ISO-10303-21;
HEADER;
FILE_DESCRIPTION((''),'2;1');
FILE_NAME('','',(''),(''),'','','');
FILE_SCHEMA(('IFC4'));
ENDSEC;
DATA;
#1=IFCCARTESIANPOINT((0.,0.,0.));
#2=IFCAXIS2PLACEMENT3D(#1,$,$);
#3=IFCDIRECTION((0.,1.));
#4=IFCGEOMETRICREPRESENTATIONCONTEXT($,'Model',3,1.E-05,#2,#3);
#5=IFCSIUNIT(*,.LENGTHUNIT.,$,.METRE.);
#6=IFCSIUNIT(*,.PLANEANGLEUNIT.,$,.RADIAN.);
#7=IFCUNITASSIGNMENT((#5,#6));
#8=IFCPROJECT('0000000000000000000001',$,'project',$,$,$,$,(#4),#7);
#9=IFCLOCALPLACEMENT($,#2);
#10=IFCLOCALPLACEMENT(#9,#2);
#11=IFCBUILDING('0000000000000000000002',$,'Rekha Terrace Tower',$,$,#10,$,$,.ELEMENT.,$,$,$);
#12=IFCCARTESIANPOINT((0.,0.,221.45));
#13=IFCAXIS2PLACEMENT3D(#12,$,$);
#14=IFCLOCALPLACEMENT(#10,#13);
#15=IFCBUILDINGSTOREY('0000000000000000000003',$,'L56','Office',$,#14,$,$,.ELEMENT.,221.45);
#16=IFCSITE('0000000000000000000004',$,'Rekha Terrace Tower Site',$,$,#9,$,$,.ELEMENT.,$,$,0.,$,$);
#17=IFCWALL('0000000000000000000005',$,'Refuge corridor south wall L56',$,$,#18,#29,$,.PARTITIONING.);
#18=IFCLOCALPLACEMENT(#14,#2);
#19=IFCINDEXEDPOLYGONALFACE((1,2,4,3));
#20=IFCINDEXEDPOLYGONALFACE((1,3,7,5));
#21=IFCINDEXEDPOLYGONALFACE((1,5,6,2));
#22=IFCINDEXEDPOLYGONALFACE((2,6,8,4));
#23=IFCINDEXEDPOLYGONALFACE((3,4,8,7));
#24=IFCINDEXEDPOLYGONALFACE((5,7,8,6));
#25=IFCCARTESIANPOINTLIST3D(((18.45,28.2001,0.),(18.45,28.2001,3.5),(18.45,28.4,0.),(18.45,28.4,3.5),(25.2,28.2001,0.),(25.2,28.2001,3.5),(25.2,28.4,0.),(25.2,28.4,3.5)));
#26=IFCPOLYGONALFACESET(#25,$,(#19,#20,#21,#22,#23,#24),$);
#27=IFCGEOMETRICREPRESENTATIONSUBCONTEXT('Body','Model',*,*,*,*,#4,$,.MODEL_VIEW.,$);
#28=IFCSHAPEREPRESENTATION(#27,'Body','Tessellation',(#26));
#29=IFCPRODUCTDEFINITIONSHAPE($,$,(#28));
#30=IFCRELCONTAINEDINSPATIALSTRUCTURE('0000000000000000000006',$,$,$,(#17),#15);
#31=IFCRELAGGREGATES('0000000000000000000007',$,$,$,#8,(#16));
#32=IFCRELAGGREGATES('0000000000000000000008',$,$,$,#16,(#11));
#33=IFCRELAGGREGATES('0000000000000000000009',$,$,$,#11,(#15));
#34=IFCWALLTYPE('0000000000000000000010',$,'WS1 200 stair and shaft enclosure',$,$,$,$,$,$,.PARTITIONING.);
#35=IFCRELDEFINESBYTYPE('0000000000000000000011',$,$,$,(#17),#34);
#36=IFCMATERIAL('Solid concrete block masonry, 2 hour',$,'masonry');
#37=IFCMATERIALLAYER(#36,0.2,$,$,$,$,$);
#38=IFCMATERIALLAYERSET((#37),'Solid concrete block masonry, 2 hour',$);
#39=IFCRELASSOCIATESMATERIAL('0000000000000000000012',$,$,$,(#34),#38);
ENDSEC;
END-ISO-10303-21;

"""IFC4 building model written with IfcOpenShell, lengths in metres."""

from ifc_helpers import new_model, si_unit, direction, frame, frame_2d, origin, place, context, subcontext, project, spatial, rectangle, extrude, material, layer, layer_set, type_object, element, save


model = new_model("IFC4")

# Units and contexts
model_context = context("Model", 3, precision=1e-05, world=origin(), true_north=direction((0.0, 1.0)))
body_context = subcontext(model_context, "Body", "Model", "MODEL_VIEW")
ifc_project = project(units=[si_unit("LENGTHUNIT", "METRE"), si_unit("PLANEANGLEUNIT", "RADIAN")], contexts=[model_context])

# Site, building, storey
site_placement = place(None, origin())
site = spatial("IfcSite", under=ifc_project, at=site_placement, Name="Rekha Terrace Tower Site", CompositionType="ELEMENT", RefElevation=0.0)
building_placement = place(site_placement, origin())
building = spatial("IfcBuilding", under=site, at=building_placement, Name="Rekha Terrace Tower", CompositionType="ELEMENT")
storey_placement = place(building_placement, frame((0.0, 0.0, 221.45)))
storey = spatial("IfcBuildingStorey", under=building, at=storey_placement, Name="L56", Description="Office", CompositionType="ELEMENT", Elevation=221.45)

# Shared definitions
ifc_material_1 = material(Name="Solid concrete block masonry, 2 hour", Category="masonry")
ifc_layer_1 = layer(ifc_material_1, 0.2)
ifc_layer_set_1 = layer_set([ifc_layer_1], Name="Solid concrete block masonry, 2 hour")
wall_type_1 = type_object("IfcWallType", Name="WS1 200 stair and shaft enclosure", PredefinedType="PARTITIONING", material=ifc_layer_set_1)

# Wall
wall_1_placement = place(storey_placement, frame((18.45, 28.3, 0.0), z_axis=(0.0, 0.0, 1.0), x_axis=(1.0, 0.0, 0.0)))
element("IfcWall", 1, at=wall_1_placement, inside=storey, type_object=wall_type_1, Name="Refuge corridor south wall L56", PredefinedType="PARTITIONING", context=body_context, shape_type="SweptSolid", body=[
    extrude(rectangle(XDim=6.75, YDim=0.2, at=frame_2d((3.375, 0.0))), origin(), (0.0, 0.0, 1.0), 3.5),
])

save(model, "model.ifc")
